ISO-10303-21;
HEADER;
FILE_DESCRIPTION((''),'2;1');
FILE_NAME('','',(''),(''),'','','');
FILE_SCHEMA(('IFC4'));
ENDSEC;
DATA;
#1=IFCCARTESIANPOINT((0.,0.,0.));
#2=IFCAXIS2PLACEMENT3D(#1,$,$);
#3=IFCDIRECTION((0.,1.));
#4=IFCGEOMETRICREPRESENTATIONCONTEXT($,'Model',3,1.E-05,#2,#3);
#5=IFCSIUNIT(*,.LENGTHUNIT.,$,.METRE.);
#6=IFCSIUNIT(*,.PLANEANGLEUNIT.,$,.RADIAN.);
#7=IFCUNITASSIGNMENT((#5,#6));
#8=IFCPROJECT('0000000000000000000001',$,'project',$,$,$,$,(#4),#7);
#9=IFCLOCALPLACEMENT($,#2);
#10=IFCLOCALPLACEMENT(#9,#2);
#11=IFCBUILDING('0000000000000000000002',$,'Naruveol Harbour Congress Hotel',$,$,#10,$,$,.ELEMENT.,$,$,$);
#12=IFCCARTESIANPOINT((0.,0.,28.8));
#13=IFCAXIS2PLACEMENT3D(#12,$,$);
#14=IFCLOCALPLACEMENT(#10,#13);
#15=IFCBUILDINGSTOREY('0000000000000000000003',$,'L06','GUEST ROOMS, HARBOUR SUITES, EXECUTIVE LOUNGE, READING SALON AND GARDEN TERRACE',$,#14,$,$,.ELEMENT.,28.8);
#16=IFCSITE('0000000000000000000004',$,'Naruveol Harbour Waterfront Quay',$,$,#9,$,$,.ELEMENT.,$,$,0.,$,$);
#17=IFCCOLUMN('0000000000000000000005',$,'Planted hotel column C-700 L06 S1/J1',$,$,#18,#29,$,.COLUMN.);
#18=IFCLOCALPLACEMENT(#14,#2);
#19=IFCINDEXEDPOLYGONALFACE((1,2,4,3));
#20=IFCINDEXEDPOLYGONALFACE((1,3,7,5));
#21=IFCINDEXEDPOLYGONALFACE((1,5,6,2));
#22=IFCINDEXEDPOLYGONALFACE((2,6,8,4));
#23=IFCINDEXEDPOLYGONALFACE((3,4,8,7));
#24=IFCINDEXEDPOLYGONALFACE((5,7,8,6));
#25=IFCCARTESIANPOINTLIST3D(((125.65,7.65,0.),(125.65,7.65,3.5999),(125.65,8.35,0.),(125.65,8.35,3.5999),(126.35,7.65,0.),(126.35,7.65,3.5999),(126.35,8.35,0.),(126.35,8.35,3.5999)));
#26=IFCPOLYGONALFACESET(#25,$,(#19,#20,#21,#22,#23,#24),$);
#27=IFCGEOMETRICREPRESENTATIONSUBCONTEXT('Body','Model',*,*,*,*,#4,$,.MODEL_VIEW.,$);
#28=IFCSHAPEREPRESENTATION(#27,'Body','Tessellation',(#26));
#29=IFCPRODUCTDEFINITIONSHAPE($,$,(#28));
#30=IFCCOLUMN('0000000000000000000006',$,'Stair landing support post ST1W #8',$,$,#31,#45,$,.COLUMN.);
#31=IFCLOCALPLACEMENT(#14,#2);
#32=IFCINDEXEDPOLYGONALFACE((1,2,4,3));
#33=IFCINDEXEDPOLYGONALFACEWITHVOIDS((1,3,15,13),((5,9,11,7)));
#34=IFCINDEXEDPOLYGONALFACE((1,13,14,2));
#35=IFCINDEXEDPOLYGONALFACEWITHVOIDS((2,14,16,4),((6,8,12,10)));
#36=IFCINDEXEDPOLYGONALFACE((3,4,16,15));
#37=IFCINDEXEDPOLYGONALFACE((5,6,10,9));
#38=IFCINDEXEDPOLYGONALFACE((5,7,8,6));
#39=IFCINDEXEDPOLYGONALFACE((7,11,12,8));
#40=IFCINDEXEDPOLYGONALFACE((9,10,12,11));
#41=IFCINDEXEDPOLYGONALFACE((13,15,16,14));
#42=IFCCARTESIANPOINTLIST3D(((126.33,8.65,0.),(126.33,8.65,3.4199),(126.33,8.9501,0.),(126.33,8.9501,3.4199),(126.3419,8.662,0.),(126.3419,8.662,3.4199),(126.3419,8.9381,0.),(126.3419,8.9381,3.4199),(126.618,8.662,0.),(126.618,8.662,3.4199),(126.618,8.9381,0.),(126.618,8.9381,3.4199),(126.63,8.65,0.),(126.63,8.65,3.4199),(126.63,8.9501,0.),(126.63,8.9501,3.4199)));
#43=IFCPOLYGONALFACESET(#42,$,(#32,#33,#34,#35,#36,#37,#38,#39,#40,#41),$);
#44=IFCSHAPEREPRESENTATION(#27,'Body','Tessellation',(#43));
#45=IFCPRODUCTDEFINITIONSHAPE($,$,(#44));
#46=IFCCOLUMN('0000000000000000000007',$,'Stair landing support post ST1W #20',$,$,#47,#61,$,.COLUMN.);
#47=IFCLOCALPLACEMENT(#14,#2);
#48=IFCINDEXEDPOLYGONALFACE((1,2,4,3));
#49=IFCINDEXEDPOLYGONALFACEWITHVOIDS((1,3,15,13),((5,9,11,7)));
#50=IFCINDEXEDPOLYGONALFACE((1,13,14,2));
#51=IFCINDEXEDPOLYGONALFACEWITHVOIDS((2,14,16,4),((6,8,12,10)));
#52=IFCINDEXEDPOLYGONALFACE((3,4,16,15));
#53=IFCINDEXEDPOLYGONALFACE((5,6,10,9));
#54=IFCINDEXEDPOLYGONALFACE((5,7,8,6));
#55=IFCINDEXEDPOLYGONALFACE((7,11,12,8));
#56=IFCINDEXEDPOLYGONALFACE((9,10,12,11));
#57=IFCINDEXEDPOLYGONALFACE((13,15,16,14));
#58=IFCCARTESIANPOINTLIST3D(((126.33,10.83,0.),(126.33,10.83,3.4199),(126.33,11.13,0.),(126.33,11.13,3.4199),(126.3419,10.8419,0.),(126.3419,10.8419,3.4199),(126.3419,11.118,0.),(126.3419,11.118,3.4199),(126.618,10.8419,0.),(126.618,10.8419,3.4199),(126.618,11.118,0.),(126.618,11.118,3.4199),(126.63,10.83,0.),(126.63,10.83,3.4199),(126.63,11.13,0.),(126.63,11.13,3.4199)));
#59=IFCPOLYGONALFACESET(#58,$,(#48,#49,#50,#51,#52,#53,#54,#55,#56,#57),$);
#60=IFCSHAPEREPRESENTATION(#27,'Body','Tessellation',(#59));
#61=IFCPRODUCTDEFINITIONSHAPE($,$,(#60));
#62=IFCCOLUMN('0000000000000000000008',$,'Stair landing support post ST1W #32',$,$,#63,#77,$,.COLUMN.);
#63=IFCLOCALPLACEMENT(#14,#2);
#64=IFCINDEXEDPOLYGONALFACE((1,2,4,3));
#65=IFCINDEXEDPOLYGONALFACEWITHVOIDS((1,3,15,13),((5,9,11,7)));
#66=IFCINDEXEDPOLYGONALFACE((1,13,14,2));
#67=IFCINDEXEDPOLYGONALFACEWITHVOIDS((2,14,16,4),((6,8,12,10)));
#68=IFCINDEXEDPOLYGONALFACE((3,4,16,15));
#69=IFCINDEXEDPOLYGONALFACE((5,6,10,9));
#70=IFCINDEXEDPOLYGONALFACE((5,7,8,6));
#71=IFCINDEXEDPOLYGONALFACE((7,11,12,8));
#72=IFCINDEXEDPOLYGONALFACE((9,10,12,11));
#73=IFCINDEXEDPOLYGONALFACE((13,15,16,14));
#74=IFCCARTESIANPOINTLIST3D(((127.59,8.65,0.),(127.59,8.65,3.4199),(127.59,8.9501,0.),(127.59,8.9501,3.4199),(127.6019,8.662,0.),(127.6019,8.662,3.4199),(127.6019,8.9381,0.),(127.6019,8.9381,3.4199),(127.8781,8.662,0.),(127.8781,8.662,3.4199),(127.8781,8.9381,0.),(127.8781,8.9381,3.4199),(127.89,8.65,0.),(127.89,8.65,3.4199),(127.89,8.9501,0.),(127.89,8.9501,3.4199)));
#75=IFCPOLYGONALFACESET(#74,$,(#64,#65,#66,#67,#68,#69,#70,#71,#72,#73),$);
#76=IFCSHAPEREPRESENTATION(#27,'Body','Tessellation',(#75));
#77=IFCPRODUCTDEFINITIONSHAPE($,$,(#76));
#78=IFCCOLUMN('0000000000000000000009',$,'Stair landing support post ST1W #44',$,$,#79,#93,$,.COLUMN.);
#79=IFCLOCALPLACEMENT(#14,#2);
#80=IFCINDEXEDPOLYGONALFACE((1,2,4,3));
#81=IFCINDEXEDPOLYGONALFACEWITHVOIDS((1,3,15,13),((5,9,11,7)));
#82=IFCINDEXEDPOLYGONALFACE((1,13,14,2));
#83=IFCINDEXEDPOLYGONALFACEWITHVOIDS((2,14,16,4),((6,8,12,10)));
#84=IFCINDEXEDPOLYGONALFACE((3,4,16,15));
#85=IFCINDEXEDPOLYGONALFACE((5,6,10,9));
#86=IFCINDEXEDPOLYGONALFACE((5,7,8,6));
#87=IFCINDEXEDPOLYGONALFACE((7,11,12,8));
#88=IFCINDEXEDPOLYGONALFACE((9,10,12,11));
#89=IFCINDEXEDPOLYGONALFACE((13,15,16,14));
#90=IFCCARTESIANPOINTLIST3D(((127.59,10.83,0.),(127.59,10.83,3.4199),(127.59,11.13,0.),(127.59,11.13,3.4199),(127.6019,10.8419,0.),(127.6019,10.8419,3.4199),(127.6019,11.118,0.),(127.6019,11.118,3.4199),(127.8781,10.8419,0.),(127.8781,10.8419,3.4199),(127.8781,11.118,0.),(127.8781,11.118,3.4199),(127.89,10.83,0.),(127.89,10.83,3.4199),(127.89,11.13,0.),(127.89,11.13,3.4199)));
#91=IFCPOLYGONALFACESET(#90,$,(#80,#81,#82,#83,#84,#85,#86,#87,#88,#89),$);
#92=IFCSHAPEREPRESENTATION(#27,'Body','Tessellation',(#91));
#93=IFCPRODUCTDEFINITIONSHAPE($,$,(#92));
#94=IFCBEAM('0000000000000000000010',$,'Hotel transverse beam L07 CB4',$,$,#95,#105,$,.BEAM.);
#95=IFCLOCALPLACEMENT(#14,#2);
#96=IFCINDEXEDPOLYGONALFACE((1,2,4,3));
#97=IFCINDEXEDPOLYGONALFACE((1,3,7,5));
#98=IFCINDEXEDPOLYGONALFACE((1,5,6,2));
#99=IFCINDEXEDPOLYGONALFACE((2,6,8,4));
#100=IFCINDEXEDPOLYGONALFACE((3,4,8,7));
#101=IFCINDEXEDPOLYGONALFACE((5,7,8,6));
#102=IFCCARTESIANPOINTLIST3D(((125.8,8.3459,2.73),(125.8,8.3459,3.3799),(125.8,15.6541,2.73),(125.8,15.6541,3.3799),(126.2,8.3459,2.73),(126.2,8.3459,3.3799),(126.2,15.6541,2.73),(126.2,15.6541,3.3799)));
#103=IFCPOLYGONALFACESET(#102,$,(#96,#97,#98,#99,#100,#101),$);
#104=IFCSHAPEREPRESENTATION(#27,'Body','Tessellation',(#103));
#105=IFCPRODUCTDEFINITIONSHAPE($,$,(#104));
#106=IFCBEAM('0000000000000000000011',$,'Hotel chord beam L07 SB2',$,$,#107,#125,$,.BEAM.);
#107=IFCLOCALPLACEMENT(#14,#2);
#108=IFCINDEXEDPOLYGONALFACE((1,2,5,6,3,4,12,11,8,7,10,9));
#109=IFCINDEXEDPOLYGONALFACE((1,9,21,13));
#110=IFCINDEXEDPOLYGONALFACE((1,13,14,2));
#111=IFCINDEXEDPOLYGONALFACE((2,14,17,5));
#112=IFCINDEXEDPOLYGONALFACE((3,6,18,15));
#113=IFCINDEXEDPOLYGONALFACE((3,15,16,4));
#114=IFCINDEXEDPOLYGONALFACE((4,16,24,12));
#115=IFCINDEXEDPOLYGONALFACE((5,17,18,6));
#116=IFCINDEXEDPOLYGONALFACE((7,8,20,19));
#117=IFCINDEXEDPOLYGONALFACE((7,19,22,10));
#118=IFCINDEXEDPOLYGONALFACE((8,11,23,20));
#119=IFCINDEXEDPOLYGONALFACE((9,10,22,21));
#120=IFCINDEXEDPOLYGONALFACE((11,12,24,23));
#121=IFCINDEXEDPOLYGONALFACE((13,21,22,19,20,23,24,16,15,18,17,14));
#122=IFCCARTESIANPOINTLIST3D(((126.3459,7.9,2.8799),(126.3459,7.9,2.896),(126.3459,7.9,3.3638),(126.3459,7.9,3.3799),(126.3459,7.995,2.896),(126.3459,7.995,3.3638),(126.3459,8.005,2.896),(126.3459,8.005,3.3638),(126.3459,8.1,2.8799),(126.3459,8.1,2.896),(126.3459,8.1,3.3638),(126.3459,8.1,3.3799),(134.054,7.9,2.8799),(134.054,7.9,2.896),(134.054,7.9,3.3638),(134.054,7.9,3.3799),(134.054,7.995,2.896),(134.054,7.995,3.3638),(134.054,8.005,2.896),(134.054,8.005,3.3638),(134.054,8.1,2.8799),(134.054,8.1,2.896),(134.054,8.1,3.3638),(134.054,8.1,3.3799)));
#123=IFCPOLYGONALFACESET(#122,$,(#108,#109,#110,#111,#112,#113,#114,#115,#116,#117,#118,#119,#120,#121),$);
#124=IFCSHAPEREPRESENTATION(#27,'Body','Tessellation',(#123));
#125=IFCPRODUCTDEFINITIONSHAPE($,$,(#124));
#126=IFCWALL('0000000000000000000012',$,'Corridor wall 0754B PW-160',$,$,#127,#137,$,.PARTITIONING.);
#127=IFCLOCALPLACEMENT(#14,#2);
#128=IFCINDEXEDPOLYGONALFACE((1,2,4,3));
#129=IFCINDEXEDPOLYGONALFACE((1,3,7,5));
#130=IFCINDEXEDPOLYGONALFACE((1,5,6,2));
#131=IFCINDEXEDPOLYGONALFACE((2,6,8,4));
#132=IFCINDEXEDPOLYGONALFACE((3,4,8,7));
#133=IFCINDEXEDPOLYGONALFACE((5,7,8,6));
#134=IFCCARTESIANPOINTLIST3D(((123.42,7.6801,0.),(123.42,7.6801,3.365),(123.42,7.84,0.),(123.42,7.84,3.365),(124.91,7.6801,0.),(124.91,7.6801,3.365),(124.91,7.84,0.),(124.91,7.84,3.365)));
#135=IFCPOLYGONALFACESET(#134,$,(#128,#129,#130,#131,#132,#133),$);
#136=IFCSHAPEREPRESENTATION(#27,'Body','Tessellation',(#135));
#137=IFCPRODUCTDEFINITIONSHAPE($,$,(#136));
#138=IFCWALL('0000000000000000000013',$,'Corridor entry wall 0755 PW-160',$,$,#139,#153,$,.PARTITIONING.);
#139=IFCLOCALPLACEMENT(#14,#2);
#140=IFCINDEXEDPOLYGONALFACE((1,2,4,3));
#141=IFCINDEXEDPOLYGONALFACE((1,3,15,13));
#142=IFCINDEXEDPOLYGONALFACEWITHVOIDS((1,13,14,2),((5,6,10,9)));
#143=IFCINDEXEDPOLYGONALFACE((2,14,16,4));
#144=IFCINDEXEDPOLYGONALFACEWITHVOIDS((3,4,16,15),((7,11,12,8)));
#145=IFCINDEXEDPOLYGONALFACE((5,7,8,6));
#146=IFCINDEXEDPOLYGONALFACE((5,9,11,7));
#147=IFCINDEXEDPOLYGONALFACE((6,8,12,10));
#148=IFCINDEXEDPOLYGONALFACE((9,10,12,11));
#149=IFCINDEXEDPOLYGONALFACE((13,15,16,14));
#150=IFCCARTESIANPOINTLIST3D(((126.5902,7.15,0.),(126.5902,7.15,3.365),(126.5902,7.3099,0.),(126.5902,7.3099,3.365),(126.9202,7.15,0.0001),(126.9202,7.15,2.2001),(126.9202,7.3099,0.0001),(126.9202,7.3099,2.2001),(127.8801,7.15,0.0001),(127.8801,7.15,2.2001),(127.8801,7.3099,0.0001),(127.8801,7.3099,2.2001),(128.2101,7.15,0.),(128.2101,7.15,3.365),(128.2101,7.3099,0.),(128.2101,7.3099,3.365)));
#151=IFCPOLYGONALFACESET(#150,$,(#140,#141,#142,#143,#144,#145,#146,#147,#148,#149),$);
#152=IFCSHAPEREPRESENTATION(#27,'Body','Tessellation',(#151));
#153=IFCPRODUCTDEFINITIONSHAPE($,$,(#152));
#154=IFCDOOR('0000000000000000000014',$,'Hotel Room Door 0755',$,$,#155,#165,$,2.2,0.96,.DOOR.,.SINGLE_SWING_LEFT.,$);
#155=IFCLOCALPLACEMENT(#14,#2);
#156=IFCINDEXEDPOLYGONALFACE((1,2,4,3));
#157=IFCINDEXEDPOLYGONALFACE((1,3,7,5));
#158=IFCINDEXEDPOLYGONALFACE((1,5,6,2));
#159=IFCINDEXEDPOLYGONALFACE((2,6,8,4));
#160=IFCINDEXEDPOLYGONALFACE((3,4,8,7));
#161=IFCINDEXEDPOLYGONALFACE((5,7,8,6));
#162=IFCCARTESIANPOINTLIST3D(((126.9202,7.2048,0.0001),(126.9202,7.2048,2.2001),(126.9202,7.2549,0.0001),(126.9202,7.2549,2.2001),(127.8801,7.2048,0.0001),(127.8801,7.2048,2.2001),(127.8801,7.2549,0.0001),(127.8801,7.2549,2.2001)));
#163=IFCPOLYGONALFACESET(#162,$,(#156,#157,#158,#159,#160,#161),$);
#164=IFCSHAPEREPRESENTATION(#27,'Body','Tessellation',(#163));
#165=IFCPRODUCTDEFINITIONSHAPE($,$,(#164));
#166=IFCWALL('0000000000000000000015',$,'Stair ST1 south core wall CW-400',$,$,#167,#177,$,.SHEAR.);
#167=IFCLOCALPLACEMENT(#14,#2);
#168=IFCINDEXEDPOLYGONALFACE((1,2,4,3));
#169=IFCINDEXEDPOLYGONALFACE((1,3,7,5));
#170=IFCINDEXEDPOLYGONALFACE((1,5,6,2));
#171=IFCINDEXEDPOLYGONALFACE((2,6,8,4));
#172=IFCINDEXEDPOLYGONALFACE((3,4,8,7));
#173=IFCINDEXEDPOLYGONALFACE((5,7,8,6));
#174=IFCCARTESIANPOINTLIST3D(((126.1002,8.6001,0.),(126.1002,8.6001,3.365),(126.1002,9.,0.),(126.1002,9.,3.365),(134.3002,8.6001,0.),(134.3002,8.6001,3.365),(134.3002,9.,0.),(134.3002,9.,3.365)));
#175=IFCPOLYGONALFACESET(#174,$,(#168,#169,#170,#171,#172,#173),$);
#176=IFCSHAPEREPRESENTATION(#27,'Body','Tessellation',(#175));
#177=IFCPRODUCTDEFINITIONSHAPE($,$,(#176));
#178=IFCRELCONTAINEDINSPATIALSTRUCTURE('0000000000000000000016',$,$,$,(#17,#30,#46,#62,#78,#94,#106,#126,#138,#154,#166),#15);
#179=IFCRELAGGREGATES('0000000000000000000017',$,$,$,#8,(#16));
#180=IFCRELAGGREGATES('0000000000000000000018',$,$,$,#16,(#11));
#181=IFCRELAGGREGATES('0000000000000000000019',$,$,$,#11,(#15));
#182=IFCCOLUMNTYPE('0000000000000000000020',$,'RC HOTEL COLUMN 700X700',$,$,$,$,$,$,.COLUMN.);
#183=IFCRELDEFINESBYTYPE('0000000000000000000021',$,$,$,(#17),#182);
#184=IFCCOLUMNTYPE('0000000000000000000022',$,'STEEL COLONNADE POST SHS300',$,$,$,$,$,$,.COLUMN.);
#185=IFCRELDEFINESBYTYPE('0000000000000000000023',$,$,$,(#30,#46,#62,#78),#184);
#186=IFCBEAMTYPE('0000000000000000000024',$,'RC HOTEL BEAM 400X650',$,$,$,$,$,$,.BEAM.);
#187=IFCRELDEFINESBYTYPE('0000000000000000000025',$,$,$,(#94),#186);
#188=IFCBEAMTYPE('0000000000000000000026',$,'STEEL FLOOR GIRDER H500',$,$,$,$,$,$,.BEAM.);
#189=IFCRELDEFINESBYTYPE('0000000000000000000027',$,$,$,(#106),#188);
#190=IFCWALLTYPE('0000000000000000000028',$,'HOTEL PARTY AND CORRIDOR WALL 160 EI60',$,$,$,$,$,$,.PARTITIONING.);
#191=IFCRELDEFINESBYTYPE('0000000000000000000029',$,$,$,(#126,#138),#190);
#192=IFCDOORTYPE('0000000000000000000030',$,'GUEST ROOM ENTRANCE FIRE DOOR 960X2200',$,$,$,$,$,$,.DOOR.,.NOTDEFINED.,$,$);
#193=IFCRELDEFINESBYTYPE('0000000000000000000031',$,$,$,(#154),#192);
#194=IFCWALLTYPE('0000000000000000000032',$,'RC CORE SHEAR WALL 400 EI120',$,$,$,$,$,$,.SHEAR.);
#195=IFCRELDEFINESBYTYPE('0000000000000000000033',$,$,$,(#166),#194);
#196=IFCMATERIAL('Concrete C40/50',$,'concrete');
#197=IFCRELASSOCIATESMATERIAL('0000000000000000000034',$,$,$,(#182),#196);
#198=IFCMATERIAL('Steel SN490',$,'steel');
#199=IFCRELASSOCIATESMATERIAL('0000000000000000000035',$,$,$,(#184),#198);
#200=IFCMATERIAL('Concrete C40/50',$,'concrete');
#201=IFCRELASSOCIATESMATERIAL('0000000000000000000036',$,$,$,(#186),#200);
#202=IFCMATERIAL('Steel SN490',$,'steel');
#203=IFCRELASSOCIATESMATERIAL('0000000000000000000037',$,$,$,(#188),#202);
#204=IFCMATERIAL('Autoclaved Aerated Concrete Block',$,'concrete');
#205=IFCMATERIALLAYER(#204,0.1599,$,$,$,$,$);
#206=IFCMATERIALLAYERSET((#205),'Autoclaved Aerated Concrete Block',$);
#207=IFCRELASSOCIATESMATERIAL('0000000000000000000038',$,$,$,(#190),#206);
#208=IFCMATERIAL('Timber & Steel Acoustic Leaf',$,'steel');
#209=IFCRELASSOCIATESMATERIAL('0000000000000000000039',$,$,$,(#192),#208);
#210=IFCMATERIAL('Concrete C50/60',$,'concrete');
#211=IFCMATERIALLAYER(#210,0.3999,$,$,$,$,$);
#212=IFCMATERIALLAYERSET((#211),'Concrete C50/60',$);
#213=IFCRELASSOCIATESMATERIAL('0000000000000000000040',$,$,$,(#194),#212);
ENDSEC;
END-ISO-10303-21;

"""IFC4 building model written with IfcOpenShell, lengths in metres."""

from ifc_helpers import new_model, si_unit, direction, frame, frame_2d, origin, origin_2d, place, context, subcontext, project, spatial, rectangle, hollow_rectangle, i_section, extrude, material, layer, layer_set, material_profile, profile_set, type_object, element, fill, save


model = new_model("IFC4")

# Units and contexts
model_context = context("Model", 3, precision=1e-05, world=origin(), true_north=direction((0.0, 1.0)))
body_context = subcontext(model_context, "Body", "Model", "MODEL_VIEW")
ifc_project = project(units=[si_unit("LENGTHUNIT", "METRE"), si_unit("PLANEANGLEUNIT", "RADIAN")], contexts=[model_context])

# Site, building, storey
site_placement = place(None, origin())
site = spatial("IfcSite", under=ifc_project, at=site_placement, Name="Naruveol Harbour Waterfront Quay", CompositionType="ELEMENT", RefElevation=0.0)
building_placement = place(site_placement, origin())
building = spatial("IfcBuilding", under=site, at=building_placement, Name="Naruveol Harbour Congress Hotel", CompositionType="ELEMENT")
storey_placement = place(building_placement, frame((0.0, 0.0, 28.8)))
storey = spatial("IfcBuildingStorey", under=building, at=storey_placement, Name="L06", Description="GUEST ROOMS, HARBOUR SUITES, EXECUTIVE LOUNGE, READING SALON AND GARDEN TERRACE", CompositionType="ELEMENT", Elevation=28.8)

# Columns
ifc_material_1 = material(Name="Concrete C40/50", Category="concrete")
ifc_material_profile_1 = material_profile(ifc_material_1, rectangle(XDim=0.7, YDim=0.7, at=origin_2d()), Name="RC-700x700")
ifc_profile_set_1 = profile_set([ifc_material_profile_1], Name="Concrete C40/50")
column_type_1 = type_object("IfcColumnType", Name="RC HOTEL COLUMN 700X700", PredefinedType="COLUMN", material=ifc_profile_set_1)
column_placement = place(storey_placement, frame((126.0, 8.0, 0.0), z_axis=(0.0, 0.0, 1.0), x_axis=(1.0, 0.0, 0.0)))
element("IfcColumn", 1, at=column_placement, inside=storey, type_object=column_type_1, Name="Planted hotel column C-700 L06 S1/J1", PredefinedType="COLUMN", context=body_context, shape_type="SweptSolid", body=[
    extrude(rectangle(XDim=0.7, YDim=0.7, at=origin_2d()), origin(), (0.0, 0.0, 1.0), 3.5999),
])
ifc_material_2 = material(Name="Steel SN490", Category="steel")
ifc_material_profile_2 = material_profile(ifc_material_2, hollow_rectangle(XDim=0.3, YDim=0.3, WallThickness=0.012, at=origin_2d()), Name="SHS-300x300x12")
ifc_profile_set_2 = profile_set([ifc_material_profile_2], Name="Steel SN490")
column_type_2 = type_object("IfcColumnType", Name="STEEL COLONNADE POST SHS300", PredefinedType="COLUMN", material=ifc_profile_set_2)
for number, where, z_axis, x_axis, name in (
    (2, (126.48, 8.8, 0.0), (0.0, 0.0, 1.0), (1.0, 0.0, 0.0), "Stair landing support post ST1W #8"),
    (3, (126.48, 10.98, 0.0), (0.0, 0.0, 1.0), (1.0, 0.0, 0.0), "Stair landing support post ST1W #20"),
    (4, (127.74, 8.8, 0.0), (0.0, 0.0, 1.0), (1.0, 0.0, 0.0), "Stair landing support post ST1W #32"),
    (5, (127.74, 10.98, 0.0), (0.0, 0.0, 1.0), (1.0, 0.0, 0.0), "Stair landing support post ST1W #44"),
):
    element("IfcColumn", number, at=place(storey_placement, frame(where, z_axis=z_axis, x_axis=x_axis)), inside=storey, type_object=column_type_2, Name=name, PredefinedType="COLUMN", context=body_context, shape_type="SweptSolid", body=[
        extrude(hollow_rectangle(XDim=0.3, YDim=0.3, WallThickness=0.012, at=origin_2d()), origin(), (0.0, 0.0, 1.0), 3.4199),
    ])

# Beams
ifc_material_3 = material(Name="Concrete C40/50", Category="concrete")
ifc_material_profile_3 = material_profile(ifc_material_3, rectangle(XDim=0.3999, YDim=0.6499, at=origin_2d()), Name="RCB-400x650")
ifc_profile_set_3 = profile_set([ifc_material_profile_3], Name="Concrete C40/50")
beam_type_1 = type_object("IfcBeamType", Name="RC HOTEL BEAM 400X650", PredefinedType="BEAM", material=ifc_profile_set_3)
beam_1_placement = place(storey_placement, frame((126.0, 8.3459, 3.0549), z_axis=(0.0, 1.0, 0.0), x_axis=(-1.0, 0.0, 0.0)))
element("IfcBeam", 6, at=beam_1_placement, inside=storey, type_object=beam_type_1, Name="Hotel transverse beam L07 CB4", PredefinedType="BEAM", context=body_context, shape_type="SweptSolid", body=[
    extrude(rectangle(XDim=0.3999, YDim=0.6499, at=origin_2d()), origin(), (0.0, 0.0, 1.0), 7.3081),
])
ifc_material_4 = material(Name="Steel SN490", Category="steel")
ifc_material_profile_4 = material_profile(ifc_material_4, i_section(OverallWidth=0.2, OverallDepth=0.5, WebThickness=0.01, FlangeThickness=0.0161, at=origin_2d()), Name="H-500x200x10x16")
ifc_profile_set_4 = profile_set([ifc_material_profile_4], Name="Steel SN490")
beam_type_2 = type_object("IfcBeamType", Name="STEEL FLOOR GIRDER H500", PredefinedType="BEAM", material=ifc_profile_set_4)
beam_2_placement = place(storey_placement, frame((126.3459, 8.0, 3.1299), z_axis=(1.0, 0.0, 0.0), x_axis=(0.0, 1.0, 0.0)))
element("IfcBeam", 7, at=beam_2_placement, inside=storey, type_object=beam_type_2, Name="Hotel chord beam L07 SB2", PredefinedType="BEAM", context=body_context, shape_type="SweptSolid", body=[
    extrude(i_section(OverallWidth=0.2, OverallDepth=0.5, WebThickness=0.01, FlangeThickness=0.0161, at=origin_2d()), origin(), (0.0, 0.0, 1.0), 7.708),
])

# Wall
ifc_material_5 = material(Name="Autoclaved Aerated Concrete Block", Category="concrete")
ifc_layer_1 = layer(ifc_material_5, 0.1599)
ifc_layer_set_1 = layer_set([ifc_layer_1], Name="Autoclaved Aerated Concrete Block")
wall_type_1 = type_object("IfcWallType", Name="HOTEL PARTY AND CORRIDOR WALL 160 EI60", PredefinedType="PARTITIONING", material=ifc_layer_set_1)
wall_1_placement = place(storey_placement, frame((123.4199, 7.76, 0.0), z_axis=(0.0, 0.0, 1.0), x_axis=(1.0, 0.0, 0.0)))
element("IfcWall", 8, at=wall_1_placement, inside=storey, type_object=wall_type_1, Name="Corridor wall 0754B PW-160", PredefinedType="PARTITIONING", context=body_context, shape_type="SweptSolid", body=[
    extrude(rectangle(XDim=1.49, YDim=0.1599, at=frame_2d((0.7451, 0.0))), origin(), (0.0, 0.0, 1.0), 3.365),
])

# Wall, opening, door
wall_2_placement = place(storey_placement, frame((126.5901, 7.23, 0.0), z_axis=(0.0, 0.0, 1.0), x_axis=(1.0, 0.0, 0.0)))
wall_2 = element("IfcWall", 9, at=wall_2_placement, inside=storey, type_object=wall_type_1, Name="Corridor entry wall 0755 PW-160", PredefinedType="PARTITIONING", context=body_context, shape_type="SweptSolid", body=[
    extrude(rectangle(XDim=1.6199, YDim=0.1599, at=frame_2d((0.8101, 0.0))), origin(), (0.0, 0.0, 1.0), 3.365),
])
opening_1_placement = place(wall_2_placement, frame((0.3301, 0.0, 0.0)))
opening_1 = element("IfcOpeningElement", 10, at=opening_1_placement, cuts=wall_2, PredefinedType="OPENING", context=body_context, shape_type="SweptSolid", body=[
    extrude(rectangle(XDim=0.96, YDim=2.2, at=frame_2d((0.48, 1.1001))), frame((0.0, 0.0898, 0.0), z_axis=(0.0, -1.0, 0.0), x_axis=(1.0, 0.0, 0.0)), (0.0, 0.0, 1.0), 0.1799),
])
ifc_material_6 = material(Name="Timber & Steel Acoustic Leaf", Category="steel")
door_type_1 = type_object("IfcDoorType", Name="GUEST ROOM ENTRANCE FIRE DOOR 960X2200", OperationType="NOTDEFINED", PredefinedType="DOOR", material=ifc_material_6)
door_1_placement = place(opening_1_placement, origin())
door_1 = element("IfcDoor", 11, at=door_1_placement, inside=storey, type_object=door_type_1, Name="Hotel Room Door 0755", OperationType="SINGLE_SWING_LEFT", OverallHeight=2.2, OverallWidth=0.96, PredefinedType="DOOR", context=body_context, shape_type="SweptSolid", body=[
    extrude(rectangle(XDim=0.96, YDim=2.2, at=frame_2d((0.48, 1.1001))), frame((0.0, 0.0249, 0.0), z_axis=(0.0, -1.0, 0.0), x_axis=(1.0, 0.0, 0.0)), (0.0, 0.0, 1.0), 0.05),
])
fill(opening_1, door_1)

# Wall
ifc_material_7 = material(Name="Concrete C50/60", Category="concrete")
ifc_layer_2 = layer(ifc_material_7, 0.3999)
ifc_layer_set_2 = layer_set([ifc_layer_2], Name="Concrete C50/60")
wall_type_2 = type_object("IfcWallType", Name="RC CORE SHEAR WALL 400 EI120", PredefinedType="SHEAR", material=ifc_layer_set_2)
wall_3_placement = place(storey_placement, frame((126.1001, 8.8, 0.0), z_axis=(0.0, 0.0, 1.0), x_axis=(1.0, 0.0, 0.0)))
element("IfcWall", 12, at=wall_3_placement, inside=storey, type_object=wall_type_2, Name="Stair ST1 south core wall CW-400", PredefinedType="SHEAR", context=body_context, shape_type="SweptSolid", body=[
    extrude(rectangle(XDim=8.2, YDim=0.3999, at=frame_2d((4.1001, 0.0))), origin(), (0.0, 0.0, 1.0), 3.365),
])

save(model, "model.ifc")
